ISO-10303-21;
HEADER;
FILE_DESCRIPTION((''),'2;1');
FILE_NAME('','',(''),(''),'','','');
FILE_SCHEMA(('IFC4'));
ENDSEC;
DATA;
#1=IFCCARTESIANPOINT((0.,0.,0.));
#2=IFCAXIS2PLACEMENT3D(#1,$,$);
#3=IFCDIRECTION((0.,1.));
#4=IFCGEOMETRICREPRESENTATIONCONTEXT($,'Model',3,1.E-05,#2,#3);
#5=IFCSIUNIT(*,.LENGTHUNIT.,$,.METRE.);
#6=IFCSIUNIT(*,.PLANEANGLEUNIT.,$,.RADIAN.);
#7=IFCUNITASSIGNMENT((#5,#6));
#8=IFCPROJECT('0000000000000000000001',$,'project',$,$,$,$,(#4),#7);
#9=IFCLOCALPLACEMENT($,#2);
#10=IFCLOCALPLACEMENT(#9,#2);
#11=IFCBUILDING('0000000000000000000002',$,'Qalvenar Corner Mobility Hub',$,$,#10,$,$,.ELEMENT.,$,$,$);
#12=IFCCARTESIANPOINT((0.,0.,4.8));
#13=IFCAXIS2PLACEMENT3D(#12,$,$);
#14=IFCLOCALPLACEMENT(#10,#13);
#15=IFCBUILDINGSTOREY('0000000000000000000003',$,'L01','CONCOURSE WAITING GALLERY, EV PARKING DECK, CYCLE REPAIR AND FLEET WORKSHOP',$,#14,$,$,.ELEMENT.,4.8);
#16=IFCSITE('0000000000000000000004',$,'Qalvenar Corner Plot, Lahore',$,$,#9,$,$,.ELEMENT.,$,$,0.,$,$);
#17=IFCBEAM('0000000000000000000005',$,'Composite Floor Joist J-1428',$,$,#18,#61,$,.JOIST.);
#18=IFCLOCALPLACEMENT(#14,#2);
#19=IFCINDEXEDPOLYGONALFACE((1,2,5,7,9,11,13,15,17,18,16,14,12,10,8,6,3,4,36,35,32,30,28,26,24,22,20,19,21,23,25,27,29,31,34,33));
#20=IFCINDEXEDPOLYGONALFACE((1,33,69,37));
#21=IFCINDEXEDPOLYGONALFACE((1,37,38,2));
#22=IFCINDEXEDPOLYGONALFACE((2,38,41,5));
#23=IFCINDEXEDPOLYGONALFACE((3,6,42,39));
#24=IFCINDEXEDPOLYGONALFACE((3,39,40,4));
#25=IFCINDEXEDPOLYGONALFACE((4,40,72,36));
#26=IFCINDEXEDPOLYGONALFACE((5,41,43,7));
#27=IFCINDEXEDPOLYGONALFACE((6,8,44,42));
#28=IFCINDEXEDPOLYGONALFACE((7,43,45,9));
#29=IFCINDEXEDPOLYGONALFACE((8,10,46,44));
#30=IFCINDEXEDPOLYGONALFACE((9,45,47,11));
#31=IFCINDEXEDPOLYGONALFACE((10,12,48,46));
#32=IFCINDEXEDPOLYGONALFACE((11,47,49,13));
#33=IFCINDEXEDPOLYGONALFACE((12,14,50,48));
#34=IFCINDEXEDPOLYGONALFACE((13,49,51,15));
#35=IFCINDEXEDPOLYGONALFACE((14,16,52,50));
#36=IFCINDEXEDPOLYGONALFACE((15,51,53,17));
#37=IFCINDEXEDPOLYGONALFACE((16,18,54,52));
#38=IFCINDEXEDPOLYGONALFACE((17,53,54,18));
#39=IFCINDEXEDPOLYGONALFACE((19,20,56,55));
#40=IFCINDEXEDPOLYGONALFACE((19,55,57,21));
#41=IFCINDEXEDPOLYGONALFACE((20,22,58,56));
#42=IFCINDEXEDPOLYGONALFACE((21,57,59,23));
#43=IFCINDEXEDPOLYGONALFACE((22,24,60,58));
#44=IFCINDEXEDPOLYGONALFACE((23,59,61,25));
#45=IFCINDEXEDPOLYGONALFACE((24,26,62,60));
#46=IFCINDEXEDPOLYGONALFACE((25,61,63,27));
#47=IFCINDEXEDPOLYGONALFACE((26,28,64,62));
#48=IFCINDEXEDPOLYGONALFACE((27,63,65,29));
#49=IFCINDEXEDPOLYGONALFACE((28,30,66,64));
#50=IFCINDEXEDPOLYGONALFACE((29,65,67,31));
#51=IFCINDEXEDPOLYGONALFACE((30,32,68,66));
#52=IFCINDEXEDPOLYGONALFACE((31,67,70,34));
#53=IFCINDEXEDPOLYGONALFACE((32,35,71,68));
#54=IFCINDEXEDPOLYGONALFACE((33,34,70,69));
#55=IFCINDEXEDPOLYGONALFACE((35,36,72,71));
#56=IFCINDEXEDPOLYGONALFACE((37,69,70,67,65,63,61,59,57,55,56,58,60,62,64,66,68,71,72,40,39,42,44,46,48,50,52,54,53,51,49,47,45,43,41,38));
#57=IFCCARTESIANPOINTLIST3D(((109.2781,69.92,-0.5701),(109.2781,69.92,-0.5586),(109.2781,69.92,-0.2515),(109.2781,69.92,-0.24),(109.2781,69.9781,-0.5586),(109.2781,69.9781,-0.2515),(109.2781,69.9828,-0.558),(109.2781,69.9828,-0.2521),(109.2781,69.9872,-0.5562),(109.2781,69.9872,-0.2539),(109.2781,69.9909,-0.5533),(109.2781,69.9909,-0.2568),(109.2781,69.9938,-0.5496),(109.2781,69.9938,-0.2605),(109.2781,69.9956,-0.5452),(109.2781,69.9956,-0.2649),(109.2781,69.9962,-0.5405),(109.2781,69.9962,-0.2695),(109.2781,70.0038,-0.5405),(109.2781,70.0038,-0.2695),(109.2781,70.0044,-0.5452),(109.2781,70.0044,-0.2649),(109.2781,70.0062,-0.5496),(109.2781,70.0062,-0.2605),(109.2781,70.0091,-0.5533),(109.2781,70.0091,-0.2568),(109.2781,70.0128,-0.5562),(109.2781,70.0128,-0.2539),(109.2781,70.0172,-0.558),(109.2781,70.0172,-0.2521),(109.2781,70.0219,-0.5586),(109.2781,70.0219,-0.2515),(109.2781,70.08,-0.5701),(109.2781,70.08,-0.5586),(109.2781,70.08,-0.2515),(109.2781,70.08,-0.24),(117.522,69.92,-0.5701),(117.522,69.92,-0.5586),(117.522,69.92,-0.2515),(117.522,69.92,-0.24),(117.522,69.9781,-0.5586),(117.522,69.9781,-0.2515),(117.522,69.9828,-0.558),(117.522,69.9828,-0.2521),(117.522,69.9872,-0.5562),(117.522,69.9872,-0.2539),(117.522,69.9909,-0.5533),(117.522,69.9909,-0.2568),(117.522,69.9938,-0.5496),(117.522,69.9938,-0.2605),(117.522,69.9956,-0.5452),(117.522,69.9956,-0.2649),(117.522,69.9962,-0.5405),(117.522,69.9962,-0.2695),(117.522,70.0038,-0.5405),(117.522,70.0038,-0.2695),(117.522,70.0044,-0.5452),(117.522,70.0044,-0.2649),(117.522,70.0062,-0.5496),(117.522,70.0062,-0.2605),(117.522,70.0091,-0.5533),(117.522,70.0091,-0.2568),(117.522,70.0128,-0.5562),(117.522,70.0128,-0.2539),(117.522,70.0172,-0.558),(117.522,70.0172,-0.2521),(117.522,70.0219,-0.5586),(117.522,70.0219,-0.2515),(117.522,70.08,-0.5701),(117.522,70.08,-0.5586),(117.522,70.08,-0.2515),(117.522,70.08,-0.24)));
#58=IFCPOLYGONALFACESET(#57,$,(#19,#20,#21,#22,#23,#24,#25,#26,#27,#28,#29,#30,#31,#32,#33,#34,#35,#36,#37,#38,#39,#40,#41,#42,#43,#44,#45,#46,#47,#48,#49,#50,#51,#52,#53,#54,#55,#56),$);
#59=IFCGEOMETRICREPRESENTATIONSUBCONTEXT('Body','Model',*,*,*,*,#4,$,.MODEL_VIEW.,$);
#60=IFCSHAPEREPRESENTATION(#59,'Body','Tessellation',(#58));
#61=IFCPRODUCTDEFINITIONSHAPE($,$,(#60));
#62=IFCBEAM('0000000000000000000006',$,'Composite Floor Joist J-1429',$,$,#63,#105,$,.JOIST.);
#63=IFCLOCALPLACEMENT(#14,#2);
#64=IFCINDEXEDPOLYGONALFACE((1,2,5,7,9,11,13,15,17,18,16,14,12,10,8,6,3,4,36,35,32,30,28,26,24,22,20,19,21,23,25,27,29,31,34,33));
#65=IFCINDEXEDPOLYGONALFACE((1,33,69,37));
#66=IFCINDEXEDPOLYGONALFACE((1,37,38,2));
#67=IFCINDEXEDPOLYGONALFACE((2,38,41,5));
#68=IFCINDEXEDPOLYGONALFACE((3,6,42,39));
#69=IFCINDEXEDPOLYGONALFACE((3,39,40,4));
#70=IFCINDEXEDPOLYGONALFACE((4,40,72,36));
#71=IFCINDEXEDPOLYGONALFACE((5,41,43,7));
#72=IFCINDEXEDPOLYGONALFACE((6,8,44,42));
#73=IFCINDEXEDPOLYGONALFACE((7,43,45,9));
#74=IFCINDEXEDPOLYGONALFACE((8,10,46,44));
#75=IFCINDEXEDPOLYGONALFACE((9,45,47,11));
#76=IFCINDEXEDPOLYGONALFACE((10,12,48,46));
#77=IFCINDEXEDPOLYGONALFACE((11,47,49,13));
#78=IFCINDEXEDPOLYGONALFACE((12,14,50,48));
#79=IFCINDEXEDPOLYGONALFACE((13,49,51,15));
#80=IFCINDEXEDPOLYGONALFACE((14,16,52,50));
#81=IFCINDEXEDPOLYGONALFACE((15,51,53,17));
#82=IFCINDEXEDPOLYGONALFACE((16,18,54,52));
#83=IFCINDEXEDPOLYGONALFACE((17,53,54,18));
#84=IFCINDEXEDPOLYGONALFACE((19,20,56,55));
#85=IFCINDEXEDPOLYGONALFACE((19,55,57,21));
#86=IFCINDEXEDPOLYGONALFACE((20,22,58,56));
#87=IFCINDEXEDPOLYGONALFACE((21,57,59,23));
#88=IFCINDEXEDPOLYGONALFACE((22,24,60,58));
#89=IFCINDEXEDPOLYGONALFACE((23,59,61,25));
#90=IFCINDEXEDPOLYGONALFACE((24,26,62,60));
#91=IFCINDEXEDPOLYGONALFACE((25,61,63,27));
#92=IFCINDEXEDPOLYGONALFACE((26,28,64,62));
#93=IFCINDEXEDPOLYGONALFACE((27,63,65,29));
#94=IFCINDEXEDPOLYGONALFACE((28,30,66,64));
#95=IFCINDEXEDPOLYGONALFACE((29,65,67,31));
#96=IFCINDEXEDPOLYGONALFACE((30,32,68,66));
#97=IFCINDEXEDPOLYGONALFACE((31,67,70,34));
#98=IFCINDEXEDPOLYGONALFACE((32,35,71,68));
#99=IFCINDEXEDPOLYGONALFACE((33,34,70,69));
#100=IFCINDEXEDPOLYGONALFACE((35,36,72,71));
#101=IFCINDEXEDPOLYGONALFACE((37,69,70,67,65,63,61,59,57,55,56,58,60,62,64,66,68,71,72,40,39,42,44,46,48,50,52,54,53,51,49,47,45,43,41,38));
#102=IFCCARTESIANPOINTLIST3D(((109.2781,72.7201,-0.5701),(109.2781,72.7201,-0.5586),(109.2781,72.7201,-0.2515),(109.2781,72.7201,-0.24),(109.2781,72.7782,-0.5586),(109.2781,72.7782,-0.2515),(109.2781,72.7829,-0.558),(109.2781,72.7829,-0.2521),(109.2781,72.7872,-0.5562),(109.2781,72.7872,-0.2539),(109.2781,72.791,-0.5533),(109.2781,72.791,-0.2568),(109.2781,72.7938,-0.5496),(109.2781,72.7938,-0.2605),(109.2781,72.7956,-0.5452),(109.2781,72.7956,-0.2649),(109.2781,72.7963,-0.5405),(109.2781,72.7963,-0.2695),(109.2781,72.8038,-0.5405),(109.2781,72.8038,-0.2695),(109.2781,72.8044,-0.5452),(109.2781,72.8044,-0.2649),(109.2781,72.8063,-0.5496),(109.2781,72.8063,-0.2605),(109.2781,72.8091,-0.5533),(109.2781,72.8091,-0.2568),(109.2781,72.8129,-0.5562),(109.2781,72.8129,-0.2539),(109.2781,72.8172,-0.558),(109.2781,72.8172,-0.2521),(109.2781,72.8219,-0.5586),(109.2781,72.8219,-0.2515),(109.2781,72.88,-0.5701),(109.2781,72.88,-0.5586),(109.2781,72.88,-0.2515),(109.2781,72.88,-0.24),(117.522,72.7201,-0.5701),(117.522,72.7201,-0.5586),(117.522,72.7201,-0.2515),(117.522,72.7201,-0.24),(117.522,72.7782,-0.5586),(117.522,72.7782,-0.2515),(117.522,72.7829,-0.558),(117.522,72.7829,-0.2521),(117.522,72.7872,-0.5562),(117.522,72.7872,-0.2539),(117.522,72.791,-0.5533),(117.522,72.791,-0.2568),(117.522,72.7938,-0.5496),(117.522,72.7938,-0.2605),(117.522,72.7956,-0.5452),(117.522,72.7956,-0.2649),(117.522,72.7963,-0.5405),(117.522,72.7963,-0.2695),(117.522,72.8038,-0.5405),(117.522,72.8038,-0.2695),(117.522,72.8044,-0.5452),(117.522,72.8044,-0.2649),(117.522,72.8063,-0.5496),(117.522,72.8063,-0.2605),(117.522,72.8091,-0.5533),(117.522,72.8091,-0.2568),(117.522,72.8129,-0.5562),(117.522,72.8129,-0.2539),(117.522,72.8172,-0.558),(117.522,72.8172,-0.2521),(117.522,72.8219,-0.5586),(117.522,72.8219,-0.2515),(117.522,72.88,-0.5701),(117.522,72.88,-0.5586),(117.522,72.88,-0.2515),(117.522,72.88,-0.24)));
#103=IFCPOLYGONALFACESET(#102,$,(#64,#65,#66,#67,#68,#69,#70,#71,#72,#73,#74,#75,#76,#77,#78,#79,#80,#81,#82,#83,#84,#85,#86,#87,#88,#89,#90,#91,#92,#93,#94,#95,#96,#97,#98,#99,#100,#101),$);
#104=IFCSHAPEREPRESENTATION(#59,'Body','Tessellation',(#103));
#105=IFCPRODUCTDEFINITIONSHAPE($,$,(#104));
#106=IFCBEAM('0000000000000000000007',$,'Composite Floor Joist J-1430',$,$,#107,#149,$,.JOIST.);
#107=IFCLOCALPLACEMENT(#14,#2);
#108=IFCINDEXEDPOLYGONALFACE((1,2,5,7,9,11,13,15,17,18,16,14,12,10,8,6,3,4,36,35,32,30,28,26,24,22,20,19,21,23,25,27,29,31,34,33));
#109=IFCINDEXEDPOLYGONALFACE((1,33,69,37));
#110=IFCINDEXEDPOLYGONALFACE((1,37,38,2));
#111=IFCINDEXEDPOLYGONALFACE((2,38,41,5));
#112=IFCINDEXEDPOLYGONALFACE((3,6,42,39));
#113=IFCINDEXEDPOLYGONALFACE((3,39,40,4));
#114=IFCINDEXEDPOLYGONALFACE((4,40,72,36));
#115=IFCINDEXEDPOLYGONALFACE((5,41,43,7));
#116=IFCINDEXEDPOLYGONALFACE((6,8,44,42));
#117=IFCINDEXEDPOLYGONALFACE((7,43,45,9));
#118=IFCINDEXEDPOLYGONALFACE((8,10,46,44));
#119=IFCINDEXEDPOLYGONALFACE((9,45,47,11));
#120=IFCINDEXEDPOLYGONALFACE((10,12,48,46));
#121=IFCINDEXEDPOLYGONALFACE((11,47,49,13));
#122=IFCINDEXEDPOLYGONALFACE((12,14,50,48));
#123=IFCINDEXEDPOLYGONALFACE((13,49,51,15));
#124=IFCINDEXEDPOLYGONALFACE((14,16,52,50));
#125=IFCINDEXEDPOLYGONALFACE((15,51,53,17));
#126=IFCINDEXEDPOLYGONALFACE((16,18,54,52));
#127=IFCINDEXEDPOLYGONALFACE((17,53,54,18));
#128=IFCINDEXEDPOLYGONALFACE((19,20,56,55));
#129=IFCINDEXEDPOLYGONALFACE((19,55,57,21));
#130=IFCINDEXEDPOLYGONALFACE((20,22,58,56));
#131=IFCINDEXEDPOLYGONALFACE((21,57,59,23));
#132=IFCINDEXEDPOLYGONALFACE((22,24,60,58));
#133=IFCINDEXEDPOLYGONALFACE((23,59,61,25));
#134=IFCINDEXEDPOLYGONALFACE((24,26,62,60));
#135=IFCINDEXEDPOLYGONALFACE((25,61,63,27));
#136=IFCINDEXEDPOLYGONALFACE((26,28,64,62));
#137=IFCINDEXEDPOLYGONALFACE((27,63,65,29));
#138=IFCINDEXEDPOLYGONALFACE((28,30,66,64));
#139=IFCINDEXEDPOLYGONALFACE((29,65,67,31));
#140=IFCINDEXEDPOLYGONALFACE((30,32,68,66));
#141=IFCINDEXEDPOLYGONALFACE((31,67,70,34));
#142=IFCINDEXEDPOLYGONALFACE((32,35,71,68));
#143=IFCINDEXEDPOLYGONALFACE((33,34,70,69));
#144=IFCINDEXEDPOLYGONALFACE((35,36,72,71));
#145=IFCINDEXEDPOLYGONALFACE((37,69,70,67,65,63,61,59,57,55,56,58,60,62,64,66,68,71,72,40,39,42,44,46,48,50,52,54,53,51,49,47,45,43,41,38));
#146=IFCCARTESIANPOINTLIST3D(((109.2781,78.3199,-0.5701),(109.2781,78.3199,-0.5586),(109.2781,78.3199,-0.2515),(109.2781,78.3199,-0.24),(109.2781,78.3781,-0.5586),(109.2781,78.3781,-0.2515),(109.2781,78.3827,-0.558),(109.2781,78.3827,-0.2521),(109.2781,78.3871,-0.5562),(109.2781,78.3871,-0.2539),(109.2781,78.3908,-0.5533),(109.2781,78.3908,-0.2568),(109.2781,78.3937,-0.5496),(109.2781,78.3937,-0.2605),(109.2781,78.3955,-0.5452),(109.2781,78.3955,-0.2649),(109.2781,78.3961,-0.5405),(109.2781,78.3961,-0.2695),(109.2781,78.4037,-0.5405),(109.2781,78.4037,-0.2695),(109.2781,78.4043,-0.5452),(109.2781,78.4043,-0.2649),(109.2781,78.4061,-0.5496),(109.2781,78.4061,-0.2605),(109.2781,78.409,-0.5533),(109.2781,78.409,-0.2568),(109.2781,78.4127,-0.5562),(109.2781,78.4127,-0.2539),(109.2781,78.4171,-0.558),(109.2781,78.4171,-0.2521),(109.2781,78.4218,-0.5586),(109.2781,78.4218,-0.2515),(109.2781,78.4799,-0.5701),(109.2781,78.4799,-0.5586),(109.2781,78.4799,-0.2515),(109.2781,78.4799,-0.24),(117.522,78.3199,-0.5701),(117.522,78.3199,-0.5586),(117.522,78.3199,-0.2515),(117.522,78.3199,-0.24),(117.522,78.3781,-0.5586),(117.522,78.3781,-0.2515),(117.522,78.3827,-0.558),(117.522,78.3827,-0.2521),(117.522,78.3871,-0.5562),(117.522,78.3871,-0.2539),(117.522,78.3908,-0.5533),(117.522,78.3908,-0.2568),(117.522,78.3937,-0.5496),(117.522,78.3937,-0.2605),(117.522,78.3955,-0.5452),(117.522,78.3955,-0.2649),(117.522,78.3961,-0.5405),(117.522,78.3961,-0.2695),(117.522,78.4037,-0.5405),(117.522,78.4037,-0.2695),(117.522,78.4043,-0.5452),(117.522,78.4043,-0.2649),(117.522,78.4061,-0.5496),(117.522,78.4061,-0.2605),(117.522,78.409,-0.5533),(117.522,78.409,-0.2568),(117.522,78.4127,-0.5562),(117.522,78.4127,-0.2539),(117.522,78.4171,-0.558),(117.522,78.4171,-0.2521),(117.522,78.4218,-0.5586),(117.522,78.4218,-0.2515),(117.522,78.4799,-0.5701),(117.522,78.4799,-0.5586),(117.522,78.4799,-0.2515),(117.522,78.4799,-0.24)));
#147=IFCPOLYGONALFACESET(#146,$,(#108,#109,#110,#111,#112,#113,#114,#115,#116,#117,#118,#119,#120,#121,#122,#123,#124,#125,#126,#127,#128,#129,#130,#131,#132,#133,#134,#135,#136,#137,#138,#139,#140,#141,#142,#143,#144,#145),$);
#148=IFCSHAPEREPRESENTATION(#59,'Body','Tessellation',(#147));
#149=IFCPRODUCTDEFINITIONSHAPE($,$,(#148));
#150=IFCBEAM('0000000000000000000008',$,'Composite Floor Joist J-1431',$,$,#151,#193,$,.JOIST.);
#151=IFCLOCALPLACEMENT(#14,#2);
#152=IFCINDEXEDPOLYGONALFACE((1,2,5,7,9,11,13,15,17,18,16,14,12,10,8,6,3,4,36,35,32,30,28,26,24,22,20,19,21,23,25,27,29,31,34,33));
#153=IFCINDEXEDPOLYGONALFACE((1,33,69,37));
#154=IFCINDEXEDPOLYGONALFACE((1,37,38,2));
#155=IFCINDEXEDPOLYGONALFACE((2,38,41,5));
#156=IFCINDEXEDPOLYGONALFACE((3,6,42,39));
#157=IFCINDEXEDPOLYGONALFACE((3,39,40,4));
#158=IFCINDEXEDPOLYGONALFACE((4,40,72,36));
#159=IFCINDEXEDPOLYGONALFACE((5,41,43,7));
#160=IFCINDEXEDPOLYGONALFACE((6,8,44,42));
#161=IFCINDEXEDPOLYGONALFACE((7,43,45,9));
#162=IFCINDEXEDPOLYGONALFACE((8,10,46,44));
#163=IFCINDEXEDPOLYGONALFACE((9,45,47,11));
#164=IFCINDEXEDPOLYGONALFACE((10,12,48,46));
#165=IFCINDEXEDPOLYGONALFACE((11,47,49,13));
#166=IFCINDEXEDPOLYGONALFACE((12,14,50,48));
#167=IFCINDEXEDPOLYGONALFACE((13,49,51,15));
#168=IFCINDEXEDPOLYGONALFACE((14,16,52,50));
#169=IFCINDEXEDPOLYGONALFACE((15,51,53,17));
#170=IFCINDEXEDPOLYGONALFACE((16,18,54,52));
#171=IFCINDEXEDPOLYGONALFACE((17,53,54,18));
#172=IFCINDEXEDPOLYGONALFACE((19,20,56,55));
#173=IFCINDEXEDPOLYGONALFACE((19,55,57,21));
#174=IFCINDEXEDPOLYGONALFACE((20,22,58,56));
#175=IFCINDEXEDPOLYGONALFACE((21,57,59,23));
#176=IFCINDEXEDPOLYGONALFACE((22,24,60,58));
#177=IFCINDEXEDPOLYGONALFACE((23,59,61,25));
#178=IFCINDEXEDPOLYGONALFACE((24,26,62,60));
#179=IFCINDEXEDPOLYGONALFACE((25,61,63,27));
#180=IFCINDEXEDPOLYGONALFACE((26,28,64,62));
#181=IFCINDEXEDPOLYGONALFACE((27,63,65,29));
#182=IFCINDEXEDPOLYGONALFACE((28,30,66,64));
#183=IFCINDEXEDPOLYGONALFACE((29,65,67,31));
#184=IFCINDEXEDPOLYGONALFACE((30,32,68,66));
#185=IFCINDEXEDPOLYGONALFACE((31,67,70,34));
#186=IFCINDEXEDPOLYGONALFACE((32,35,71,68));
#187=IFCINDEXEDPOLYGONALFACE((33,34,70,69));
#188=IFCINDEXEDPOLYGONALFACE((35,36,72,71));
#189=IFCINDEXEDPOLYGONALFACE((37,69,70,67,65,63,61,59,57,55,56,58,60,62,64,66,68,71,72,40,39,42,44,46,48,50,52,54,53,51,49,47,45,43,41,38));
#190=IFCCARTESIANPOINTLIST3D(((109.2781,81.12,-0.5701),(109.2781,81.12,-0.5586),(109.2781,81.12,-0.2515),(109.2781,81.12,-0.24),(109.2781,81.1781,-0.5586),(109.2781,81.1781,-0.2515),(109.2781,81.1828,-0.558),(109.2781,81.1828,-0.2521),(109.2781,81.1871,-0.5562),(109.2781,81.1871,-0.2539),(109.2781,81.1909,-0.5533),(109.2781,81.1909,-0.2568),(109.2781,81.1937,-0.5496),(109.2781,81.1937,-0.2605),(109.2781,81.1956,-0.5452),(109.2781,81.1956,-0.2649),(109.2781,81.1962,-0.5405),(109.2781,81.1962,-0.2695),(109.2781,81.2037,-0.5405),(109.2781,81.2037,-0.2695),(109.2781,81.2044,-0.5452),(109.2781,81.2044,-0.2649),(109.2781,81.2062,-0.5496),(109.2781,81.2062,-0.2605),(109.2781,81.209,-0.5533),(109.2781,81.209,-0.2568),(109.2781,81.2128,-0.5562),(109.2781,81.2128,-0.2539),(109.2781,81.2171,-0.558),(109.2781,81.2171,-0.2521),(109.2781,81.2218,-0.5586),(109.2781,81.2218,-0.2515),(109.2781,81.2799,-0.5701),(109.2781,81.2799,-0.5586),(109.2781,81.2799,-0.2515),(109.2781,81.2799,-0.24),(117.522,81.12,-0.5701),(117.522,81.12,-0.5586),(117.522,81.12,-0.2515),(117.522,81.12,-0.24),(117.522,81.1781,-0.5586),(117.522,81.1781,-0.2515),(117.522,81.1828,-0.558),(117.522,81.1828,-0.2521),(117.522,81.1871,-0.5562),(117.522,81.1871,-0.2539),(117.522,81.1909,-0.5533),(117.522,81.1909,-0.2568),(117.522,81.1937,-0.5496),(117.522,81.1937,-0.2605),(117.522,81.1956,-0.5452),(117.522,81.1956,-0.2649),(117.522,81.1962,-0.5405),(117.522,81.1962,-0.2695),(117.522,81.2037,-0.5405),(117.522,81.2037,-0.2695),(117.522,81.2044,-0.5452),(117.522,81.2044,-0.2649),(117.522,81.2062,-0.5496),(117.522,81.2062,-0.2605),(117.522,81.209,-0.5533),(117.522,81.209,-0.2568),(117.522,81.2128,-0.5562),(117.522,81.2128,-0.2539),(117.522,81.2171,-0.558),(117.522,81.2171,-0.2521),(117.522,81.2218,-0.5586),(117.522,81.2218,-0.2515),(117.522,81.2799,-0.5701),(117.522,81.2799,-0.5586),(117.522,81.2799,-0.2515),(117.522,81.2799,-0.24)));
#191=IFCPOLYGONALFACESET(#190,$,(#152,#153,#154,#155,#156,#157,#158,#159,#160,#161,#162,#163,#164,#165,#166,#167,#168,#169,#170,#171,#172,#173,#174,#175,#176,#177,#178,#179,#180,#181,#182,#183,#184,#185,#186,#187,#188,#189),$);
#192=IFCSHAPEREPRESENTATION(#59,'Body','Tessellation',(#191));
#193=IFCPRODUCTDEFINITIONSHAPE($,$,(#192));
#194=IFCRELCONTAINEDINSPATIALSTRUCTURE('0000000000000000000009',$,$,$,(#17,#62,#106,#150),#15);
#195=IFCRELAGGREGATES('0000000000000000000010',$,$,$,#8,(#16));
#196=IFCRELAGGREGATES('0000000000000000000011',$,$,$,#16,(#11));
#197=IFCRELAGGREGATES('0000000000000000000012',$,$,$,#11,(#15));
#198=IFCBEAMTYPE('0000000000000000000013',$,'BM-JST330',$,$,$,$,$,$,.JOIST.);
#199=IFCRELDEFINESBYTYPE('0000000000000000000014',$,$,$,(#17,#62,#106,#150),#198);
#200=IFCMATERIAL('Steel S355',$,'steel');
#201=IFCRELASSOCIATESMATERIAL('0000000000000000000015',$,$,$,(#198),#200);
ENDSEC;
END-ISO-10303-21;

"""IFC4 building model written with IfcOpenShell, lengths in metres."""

from ifc_helpers import new_model, si_unit, direction, frame, origin, origin_2d, place, context, subcontext, project, spatial, i_section, extrude, material, material_profile, profile_set, type_object, element, save


model = new_model("IFC4")

# Units and contexts
model_context = context("Model", 3, precision=1e-05, world=origin(), true_north=direction((0.0, 1.0)))
body_context = subcontext(model_context, "Body", "Model", "MODEL_VIEW")
ifc_project = project(units=[si_unit("LENGTHUNIT", "METRE"), si_unit("PLANEANGLEUNIT", "RADIAN")], contexts=[model_context])

# Site, building, storey
site_placement = place(None, origin())
site = spatial("IfcSite", under=ifc_project, at=site_placement, Name="Qalvenar Corner Plot, Lahore", CompositionType="ELEMENT", RefElevation=0.0)
building_placement = place(site_placement, origin())
building = spatial("IfcBuilding", under=site, at=building_placement, Name="Qalvenar Corner Mobility Hub", CompositionType="ELEMENT")
storey_placement = place(building_placement, frame((0.0, 0.0, 4.8)))
storey = spatial("IfcBuildingStorey", under=building, at=storey_placement, Name="L01", Description="CONCOURSE WAITING GALLERY, EV PARKING DECK, CYCLE REPAIR AND FLEET WORKSHOP", CompositionType="ELEMENT", Elevation=4.8)

# Shared definitions
ifc_material = material(Name="Steel S355", Category="steel")

# Beams
ifc_material_profile_1 = material_profile(ifc_material, i_section(OverallWidth=0.1599, OverallDepth=0.3301, WebThickness=0.0076, FlangeThickness=0.0115, FilletRadius=0.0181, at=origin_2d()), Name="IPE330")
ifc_profile_set_1 = profile_set([ifc_material_profile_1], Name="Steel S355")
beam_type_1 = type_object("IfcBeamType", Name="BM-JST330", PredefinedType="JOIST", material=ifc_profile_set_1)
for number, where, z_axis, x_axis, name in (
    (1, (109.2781, 70.0, -0.405), (1.0, 0.0, 0.0), (0.0, 1.0, 0.0), "Composite Floor Joist J-1428"),
    (2, (109.2781, 72.8, -0.405), (1.0, 0.0, 0.0), (0.0, 1.0, 0.0), "Composite Floor Joist J-1429"),
    (3, (109.2781, 78.3999, -0.405), (1.0, 0.0, 0.0), (0.0, 1.0, 0.0), "Composite Floor Joist J-1430"),
    (4, (109.2781, 81.2, -0.405), (1.0, 0.0, 0.0), (0.0, 1.0, 0.0), "Composite Floor Joist J-1431"),
):
    element("IfcBeam", number, at=place(storey_placement, frame(where, z_axis=z_axis, x_axis=x_axis)), inside=storey, type_object=beam_type_1, Name=name, PredefinedType="JOIST", context=body_context, shape_type="SweptSolid", body=[
        extrude(i_section(OverallWidth=0.1599, OverallDepth=0.3301, WebThickness=0.0076, FlangeThickness=0.0115, FilletRadius=0.0181, at=origin_2d()), origin(), (0.0, 0.0, 1.0), 8.2439),
    ])

save(model, "model.ifc")
